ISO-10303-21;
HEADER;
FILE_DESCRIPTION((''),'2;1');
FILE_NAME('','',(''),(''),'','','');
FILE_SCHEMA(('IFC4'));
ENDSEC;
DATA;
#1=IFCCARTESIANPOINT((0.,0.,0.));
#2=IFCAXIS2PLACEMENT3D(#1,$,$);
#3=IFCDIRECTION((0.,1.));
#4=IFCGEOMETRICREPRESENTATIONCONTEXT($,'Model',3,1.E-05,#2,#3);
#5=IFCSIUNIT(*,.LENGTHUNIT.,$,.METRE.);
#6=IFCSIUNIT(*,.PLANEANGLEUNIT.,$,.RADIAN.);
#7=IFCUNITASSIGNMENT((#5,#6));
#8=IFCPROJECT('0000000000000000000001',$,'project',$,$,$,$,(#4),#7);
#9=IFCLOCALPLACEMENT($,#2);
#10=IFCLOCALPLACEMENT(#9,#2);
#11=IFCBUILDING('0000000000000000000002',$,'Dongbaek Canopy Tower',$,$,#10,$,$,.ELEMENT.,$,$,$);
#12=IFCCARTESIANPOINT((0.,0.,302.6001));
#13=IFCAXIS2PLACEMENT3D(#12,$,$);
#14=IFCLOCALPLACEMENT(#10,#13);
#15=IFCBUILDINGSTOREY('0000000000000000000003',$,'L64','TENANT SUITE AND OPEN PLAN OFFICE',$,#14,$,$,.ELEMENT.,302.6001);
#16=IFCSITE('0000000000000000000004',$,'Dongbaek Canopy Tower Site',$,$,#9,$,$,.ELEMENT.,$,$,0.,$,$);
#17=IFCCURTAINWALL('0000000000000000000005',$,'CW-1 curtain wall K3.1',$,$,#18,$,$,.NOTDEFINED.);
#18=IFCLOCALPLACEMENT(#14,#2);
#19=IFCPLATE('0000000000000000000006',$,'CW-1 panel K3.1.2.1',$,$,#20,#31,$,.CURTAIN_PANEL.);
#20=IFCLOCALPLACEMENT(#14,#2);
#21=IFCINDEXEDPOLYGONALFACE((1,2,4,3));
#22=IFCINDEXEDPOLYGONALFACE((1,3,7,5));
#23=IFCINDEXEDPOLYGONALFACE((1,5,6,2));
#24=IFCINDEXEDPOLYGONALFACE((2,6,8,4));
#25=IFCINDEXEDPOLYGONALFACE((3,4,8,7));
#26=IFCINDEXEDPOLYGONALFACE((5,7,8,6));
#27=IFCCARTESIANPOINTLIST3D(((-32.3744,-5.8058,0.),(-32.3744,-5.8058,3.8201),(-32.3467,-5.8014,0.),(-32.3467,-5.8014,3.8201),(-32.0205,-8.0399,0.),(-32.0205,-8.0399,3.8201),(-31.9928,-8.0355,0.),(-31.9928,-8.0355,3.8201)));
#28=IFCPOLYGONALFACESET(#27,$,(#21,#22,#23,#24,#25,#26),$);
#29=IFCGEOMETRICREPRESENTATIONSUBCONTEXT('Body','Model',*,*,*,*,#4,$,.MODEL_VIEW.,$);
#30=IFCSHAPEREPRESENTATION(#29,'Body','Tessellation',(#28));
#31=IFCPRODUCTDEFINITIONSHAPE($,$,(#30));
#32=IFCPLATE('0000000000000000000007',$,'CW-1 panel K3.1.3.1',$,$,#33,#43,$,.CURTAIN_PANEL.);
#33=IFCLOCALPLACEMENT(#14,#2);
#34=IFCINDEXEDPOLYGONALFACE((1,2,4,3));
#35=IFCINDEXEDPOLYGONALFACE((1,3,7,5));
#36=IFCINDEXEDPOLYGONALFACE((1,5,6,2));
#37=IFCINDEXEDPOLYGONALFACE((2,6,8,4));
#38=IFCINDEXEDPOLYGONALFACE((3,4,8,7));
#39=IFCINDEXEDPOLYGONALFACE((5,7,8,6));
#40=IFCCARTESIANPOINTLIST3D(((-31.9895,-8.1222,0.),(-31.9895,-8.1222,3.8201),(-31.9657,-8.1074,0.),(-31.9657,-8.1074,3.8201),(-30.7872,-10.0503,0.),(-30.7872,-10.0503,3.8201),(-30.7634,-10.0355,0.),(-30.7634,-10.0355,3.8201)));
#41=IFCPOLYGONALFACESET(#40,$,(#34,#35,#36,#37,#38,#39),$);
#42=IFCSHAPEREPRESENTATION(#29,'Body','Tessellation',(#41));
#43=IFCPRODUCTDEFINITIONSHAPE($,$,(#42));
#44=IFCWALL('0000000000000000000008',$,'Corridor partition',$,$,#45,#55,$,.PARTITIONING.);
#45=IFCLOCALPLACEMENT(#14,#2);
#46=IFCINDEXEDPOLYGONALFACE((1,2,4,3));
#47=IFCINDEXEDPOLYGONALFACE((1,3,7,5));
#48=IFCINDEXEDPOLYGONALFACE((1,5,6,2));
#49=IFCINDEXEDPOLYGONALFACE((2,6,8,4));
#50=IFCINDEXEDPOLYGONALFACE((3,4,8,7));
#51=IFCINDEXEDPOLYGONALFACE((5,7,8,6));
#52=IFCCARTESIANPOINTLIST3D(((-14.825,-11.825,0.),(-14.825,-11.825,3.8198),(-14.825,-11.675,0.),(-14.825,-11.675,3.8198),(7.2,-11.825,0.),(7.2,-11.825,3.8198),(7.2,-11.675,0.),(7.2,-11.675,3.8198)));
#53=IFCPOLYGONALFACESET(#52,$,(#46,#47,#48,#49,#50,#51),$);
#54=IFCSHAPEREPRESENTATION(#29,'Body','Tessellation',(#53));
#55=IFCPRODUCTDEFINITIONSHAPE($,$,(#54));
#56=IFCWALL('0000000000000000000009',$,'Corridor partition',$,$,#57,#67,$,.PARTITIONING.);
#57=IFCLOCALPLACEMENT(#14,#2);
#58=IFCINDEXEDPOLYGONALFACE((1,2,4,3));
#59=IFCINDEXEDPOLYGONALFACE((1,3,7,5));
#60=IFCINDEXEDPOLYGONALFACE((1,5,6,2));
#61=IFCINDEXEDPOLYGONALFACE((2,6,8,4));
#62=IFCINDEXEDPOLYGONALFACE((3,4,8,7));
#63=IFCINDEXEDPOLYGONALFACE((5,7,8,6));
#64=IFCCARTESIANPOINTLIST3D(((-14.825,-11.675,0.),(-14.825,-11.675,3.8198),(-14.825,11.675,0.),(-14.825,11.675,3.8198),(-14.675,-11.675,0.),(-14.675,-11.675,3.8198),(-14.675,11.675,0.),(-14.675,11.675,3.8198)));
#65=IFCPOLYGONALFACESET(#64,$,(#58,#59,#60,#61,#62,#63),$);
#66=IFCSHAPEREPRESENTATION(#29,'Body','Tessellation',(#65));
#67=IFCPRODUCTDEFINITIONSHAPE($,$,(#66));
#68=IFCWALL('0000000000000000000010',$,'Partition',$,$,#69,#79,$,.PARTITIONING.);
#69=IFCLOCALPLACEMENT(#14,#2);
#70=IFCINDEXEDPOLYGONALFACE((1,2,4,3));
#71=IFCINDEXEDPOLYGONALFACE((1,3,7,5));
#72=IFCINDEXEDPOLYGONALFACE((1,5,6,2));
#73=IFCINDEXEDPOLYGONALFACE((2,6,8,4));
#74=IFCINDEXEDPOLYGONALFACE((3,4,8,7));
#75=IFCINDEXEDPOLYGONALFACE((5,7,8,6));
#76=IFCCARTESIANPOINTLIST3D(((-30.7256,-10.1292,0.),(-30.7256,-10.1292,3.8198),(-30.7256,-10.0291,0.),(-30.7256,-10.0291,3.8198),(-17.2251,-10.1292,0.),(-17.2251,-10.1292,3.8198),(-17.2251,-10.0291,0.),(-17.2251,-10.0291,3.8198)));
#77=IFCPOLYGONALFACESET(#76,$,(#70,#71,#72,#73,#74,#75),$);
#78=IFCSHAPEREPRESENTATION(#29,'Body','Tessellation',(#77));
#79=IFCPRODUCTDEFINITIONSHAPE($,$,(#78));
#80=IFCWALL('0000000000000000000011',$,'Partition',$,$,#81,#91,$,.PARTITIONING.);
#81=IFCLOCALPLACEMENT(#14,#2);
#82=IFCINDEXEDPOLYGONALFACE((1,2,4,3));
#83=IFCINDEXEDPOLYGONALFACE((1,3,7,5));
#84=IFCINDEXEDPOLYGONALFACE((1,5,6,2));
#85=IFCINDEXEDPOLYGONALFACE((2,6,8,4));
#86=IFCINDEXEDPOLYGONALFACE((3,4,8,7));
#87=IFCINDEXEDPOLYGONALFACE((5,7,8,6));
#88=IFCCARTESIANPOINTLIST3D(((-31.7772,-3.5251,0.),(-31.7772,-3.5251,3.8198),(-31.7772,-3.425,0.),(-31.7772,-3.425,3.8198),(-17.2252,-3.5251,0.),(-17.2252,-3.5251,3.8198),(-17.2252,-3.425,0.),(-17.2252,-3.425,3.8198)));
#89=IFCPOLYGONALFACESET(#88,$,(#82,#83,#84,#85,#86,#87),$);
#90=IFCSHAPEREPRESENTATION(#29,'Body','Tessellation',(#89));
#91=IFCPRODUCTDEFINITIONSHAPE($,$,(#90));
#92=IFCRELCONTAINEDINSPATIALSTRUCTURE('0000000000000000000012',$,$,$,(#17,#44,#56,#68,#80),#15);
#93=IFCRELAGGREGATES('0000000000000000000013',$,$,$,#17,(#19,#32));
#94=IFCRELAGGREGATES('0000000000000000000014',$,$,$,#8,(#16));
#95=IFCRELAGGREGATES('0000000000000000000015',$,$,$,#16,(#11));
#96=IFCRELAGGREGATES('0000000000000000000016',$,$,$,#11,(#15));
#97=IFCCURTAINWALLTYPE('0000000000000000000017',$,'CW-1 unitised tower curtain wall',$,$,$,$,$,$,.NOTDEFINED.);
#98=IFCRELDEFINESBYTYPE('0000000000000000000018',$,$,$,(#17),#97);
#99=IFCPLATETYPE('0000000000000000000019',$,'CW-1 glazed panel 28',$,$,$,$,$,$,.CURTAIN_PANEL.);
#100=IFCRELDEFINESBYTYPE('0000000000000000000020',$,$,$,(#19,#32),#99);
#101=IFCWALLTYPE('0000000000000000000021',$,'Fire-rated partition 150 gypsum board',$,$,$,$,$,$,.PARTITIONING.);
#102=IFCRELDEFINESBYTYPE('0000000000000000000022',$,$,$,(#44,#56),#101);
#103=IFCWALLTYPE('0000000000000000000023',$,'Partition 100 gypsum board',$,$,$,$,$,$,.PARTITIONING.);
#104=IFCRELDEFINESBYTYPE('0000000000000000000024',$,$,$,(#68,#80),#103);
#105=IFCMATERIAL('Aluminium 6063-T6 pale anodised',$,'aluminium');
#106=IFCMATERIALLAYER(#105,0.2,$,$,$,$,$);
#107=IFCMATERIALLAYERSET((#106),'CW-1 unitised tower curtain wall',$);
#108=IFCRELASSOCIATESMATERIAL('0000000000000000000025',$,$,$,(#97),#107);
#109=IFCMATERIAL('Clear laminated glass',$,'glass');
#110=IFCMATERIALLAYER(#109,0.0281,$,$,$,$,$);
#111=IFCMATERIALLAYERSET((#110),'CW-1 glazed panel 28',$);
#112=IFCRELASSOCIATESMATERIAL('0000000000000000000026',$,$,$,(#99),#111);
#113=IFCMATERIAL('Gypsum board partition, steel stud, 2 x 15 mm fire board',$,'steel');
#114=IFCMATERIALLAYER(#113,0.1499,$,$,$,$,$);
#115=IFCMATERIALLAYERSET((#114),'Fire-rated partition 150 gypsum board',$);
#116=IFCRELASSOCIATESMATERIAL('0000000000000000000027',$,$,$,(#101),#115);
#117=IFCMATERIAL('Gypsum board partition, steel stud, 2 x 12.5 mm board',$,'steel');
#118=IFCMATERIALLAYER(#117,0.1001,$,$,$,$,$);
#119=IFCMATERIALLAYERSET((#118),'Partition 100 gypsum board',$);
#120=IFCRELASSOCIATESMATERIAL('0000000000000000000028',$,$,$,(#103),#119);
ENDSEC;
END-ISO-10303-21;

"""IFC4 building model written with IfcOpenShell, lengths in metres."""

from ifc_helpers import new_model, si_unit, direction, frame, frame_2d, origin, origin_2d, place, context, subcontext, project, spatial, rectangle, extrude, material, layer, layer_set, type_object, element, aggregate, save


model = new_model("IFC4")

# Units and contexts
model_context = context("Model", 3, precision=1e-05, world=origin(), true_north=direction((0.0, 1.0)))
body_context = subcontext(model_context, "Body", "Model", "MODEL_VIEW")
ifc_project = project(units=[si_unit("LENGTHUNIT", "METRE"), si_unit("PLANEANGLEUNIT", "RADIAN")], contexts=[model_context])

# Site, building, storey
site_placement = place(None, origin())
site = spatial("IfcSite", under=ifc_project, at=site_placement, Name="Dongbaek Canopy Tower Site", CompositionType="ELEMENT", RefElevation=0.0)
building_placement = place(site_placement, origin())
building = spatial("IfcBuilding", under=site, at=building_placement, Name="Dongbaek Canopy Tower", CompositionType="ELEMENT")
storey_placement = place(building_placement, frame((0.0, 0.0, 302.6001)))
storey = spatial("IfcBuildingStorey", under=building, at=storey_placement, Name="L64", Description="TENANT SUITE AND OPEN PLAN OFFICE", CompositionType="ELEMENT", Elevation=302.6001)

# Shared definitions
ifc_material_1 = material(Name="Aluminium 6063-T6 pale anodised", Category="aluminium")
ifc_layer_1 = layer(ifc_material_1, 0.2)
ifc_layer_set_1 = layer_set([ifc_layer_1], Name="CW-1 unitised tower curtain wall")
curtain_wall_type = type_object("IfcCurtainWallType", Name="CW-1 unitised tower curtain wall", PredefinedType="NOTDEFINED", material=ifc_layer_set_1)

# Curtain wall
curtain_wall_1_placement = place(storey_placement, origin())
curtain_wall_1 = element("IfcCurtainWall", 1, at=curtain_wall_1_placement, inside=storey, type_object=curtain_wall_type, Name="CW-1 curtain wall K3.1", PredefinedType="NOTDEFINED")

# Plates
ifc_material_2 = material(Name="Clear laminated glass", Category="glass")
ifc_layer_2 = layer(ifc_material_2, 0.0281)
ifc_layer_set_2 = layer_set([ifc_layer_2], Name="CW-1 glazed panel 28")
plate_type = type_object("IfcPlateType", Name="CW-1 glazed panel 28", PredefinedType="CURTAIN_PANEL", material=ifc_layer_set_2)
plate_1_placement = place(storey_placement, frame((-32.1836, -6.9207, 0.0), z_axis=(0.0, 0.0, 1.0), x_axis=(0.156479, -0.987681, 0.0)))
plate_1 = element("IfcPlate", 2, at=plate_1_placement, type_object=plate_type, Name="CW-1 panel K3.1.2.1", PredefinedType="CURTAIN_PANEL", context=body_context, shape_type="SweptSolid", body=[
    extrude(rectangle(XDim=2.262, YDim=0.0281, at=origin_2d()), origin(), (0.0, 0.0, 1.0), 3.8201),
])
plate_2_placement = place(storey_placement, frame((-31.3765, -9.0789, 0.0), z_axis=(0.0, 0.0, 1.0), x_axis=(0.529126, -0.848543, 0.0)))
plate_2 = element("IfcPlate", 3, at=plate_2_placement, type_object=plate_type, Name="CW-1 panel K3.1.3.1", PredefinedType="CURTAIN_PANEL", context=body_context, shape_type="SweptSolid", body=[
    extrude(rectangle(XDim=2.2722, YDim=0.0281, at=origin_2d()), origin(), (0.0, 0.0, 1.0), 3.8201),
])
aggregate(curtain_wall_1, [plate_1, plate_2])

# Walls
ifc_material_3 = material(Name="Gypsum board partition, steel stud, 2 x 15 mm fire board", Category="steel")
ifc_layer_3 = layer(ifc_material_3, 0.1499)
ifc_layer_set_3 = layer_set([ifc_layer_3], Name="Fire-rated partition 150 gypsum board")
wall_type_1 = type_object("IfcWallType", Name="Fire-rated partition 150 gypsum board", PredefinedType="PARTITIONING", material=ifc_layer_set_3)
wall_1_placement = place(storey_placement, frame((-14.825, -11.75, 0.0), z_axis=(0.0, 0.0, 1.0), x_axis=(1.0, 0.0, 0.0)))
element("IfcWall", 4, at=wall_1_placement, inside=storey, type_object=wall_type_1, Name="Corridor partition", PredefinedType="PARTITIONING", context=body_context, shape_type="SweptSolid", body=[
    extrude(rectangle(XDim=22.0249, YDim=0.1499, at=frame_2d((11.0125, 0.0))), origin(), (0.0, 0.0, 1.0), 3.8198),
])
wall_2_placement = place(storey_placement, frame((-14.75, -11.675, 0.0), z_axis=(0.0, 0.0, 1.0), x_axis=(0.0, 1.0, 0.0)))
element("IfcWall", 5, at=wall_2_placement, inside=storey, type_object=wall_type_1, Name="Corridor partition", PredefinedType="PARTITIONING", context=body_context, shape_type="SweptSolid", body=[
    extrude(rectangle(XDim=23.3501, YDim=0.1499, at=frame_2d((11.675, 0.0))), origin(), (0.0, 0.0, 1.0), 3.8198),
])
ifc_material_4 = material(Name="Gypsum board partition, steel stud, 2 x 12.5 mm board", Category="steel")
ifc_layer_4 = layer(ifc_material_4, 0.1001)
ifc_layer_set_4 = layer_set([ifc_layer_4], Name="Partition 100 gypsum board")
wall_type_2 = type_object("IfcWallType", Name="Partition 100 gypsum board", PredefinedType="PARTITIONING", material=ifc_layer_set_4)
wall_3_placement = place(storey_placement, frame((-30.7256, -10.0791, 0.0), z_axis=(0.0, 0.0, 1.0), x_axis=(1.0, 0.0, 0.0)))
element("IfcWall", 6, at=wall_3_placement, inside=storey, type_object=wall_type_2, Name="Partition", PredefinedType="PARTITIONING", context=body_context, shape_type="SweptSolid", body=[
    extrude(rectangle(XDim=13.5005, YDim=0.1001, at=frame_2d((6.7502, 0.0))), origin(), (0.0, 0.0, 1.0), 3.8198),
])
wall_4_placement = place(storey_placement, frame((-31.7771, -3.4751, 0.0), z_axis=(0.0, 0.0, 1.0), x_axis=(1.0, 0.0, 0.0)))
element("IfcWall", 7, at=wall_4_placement, inside=storey, type_object=wall_type_2, Name="Partition", PredefinedType="PARTITIONING", context=body_context, shape_type="SweptSolid", body=[
    extrude(rectangle(XDim=14.552, YDim=0.1001, at=frame_2d((7.2759, 0.0))), origin(), (0.0, 0.0, 1.0), 3.8198),
])

save(model, "model.ifc")
